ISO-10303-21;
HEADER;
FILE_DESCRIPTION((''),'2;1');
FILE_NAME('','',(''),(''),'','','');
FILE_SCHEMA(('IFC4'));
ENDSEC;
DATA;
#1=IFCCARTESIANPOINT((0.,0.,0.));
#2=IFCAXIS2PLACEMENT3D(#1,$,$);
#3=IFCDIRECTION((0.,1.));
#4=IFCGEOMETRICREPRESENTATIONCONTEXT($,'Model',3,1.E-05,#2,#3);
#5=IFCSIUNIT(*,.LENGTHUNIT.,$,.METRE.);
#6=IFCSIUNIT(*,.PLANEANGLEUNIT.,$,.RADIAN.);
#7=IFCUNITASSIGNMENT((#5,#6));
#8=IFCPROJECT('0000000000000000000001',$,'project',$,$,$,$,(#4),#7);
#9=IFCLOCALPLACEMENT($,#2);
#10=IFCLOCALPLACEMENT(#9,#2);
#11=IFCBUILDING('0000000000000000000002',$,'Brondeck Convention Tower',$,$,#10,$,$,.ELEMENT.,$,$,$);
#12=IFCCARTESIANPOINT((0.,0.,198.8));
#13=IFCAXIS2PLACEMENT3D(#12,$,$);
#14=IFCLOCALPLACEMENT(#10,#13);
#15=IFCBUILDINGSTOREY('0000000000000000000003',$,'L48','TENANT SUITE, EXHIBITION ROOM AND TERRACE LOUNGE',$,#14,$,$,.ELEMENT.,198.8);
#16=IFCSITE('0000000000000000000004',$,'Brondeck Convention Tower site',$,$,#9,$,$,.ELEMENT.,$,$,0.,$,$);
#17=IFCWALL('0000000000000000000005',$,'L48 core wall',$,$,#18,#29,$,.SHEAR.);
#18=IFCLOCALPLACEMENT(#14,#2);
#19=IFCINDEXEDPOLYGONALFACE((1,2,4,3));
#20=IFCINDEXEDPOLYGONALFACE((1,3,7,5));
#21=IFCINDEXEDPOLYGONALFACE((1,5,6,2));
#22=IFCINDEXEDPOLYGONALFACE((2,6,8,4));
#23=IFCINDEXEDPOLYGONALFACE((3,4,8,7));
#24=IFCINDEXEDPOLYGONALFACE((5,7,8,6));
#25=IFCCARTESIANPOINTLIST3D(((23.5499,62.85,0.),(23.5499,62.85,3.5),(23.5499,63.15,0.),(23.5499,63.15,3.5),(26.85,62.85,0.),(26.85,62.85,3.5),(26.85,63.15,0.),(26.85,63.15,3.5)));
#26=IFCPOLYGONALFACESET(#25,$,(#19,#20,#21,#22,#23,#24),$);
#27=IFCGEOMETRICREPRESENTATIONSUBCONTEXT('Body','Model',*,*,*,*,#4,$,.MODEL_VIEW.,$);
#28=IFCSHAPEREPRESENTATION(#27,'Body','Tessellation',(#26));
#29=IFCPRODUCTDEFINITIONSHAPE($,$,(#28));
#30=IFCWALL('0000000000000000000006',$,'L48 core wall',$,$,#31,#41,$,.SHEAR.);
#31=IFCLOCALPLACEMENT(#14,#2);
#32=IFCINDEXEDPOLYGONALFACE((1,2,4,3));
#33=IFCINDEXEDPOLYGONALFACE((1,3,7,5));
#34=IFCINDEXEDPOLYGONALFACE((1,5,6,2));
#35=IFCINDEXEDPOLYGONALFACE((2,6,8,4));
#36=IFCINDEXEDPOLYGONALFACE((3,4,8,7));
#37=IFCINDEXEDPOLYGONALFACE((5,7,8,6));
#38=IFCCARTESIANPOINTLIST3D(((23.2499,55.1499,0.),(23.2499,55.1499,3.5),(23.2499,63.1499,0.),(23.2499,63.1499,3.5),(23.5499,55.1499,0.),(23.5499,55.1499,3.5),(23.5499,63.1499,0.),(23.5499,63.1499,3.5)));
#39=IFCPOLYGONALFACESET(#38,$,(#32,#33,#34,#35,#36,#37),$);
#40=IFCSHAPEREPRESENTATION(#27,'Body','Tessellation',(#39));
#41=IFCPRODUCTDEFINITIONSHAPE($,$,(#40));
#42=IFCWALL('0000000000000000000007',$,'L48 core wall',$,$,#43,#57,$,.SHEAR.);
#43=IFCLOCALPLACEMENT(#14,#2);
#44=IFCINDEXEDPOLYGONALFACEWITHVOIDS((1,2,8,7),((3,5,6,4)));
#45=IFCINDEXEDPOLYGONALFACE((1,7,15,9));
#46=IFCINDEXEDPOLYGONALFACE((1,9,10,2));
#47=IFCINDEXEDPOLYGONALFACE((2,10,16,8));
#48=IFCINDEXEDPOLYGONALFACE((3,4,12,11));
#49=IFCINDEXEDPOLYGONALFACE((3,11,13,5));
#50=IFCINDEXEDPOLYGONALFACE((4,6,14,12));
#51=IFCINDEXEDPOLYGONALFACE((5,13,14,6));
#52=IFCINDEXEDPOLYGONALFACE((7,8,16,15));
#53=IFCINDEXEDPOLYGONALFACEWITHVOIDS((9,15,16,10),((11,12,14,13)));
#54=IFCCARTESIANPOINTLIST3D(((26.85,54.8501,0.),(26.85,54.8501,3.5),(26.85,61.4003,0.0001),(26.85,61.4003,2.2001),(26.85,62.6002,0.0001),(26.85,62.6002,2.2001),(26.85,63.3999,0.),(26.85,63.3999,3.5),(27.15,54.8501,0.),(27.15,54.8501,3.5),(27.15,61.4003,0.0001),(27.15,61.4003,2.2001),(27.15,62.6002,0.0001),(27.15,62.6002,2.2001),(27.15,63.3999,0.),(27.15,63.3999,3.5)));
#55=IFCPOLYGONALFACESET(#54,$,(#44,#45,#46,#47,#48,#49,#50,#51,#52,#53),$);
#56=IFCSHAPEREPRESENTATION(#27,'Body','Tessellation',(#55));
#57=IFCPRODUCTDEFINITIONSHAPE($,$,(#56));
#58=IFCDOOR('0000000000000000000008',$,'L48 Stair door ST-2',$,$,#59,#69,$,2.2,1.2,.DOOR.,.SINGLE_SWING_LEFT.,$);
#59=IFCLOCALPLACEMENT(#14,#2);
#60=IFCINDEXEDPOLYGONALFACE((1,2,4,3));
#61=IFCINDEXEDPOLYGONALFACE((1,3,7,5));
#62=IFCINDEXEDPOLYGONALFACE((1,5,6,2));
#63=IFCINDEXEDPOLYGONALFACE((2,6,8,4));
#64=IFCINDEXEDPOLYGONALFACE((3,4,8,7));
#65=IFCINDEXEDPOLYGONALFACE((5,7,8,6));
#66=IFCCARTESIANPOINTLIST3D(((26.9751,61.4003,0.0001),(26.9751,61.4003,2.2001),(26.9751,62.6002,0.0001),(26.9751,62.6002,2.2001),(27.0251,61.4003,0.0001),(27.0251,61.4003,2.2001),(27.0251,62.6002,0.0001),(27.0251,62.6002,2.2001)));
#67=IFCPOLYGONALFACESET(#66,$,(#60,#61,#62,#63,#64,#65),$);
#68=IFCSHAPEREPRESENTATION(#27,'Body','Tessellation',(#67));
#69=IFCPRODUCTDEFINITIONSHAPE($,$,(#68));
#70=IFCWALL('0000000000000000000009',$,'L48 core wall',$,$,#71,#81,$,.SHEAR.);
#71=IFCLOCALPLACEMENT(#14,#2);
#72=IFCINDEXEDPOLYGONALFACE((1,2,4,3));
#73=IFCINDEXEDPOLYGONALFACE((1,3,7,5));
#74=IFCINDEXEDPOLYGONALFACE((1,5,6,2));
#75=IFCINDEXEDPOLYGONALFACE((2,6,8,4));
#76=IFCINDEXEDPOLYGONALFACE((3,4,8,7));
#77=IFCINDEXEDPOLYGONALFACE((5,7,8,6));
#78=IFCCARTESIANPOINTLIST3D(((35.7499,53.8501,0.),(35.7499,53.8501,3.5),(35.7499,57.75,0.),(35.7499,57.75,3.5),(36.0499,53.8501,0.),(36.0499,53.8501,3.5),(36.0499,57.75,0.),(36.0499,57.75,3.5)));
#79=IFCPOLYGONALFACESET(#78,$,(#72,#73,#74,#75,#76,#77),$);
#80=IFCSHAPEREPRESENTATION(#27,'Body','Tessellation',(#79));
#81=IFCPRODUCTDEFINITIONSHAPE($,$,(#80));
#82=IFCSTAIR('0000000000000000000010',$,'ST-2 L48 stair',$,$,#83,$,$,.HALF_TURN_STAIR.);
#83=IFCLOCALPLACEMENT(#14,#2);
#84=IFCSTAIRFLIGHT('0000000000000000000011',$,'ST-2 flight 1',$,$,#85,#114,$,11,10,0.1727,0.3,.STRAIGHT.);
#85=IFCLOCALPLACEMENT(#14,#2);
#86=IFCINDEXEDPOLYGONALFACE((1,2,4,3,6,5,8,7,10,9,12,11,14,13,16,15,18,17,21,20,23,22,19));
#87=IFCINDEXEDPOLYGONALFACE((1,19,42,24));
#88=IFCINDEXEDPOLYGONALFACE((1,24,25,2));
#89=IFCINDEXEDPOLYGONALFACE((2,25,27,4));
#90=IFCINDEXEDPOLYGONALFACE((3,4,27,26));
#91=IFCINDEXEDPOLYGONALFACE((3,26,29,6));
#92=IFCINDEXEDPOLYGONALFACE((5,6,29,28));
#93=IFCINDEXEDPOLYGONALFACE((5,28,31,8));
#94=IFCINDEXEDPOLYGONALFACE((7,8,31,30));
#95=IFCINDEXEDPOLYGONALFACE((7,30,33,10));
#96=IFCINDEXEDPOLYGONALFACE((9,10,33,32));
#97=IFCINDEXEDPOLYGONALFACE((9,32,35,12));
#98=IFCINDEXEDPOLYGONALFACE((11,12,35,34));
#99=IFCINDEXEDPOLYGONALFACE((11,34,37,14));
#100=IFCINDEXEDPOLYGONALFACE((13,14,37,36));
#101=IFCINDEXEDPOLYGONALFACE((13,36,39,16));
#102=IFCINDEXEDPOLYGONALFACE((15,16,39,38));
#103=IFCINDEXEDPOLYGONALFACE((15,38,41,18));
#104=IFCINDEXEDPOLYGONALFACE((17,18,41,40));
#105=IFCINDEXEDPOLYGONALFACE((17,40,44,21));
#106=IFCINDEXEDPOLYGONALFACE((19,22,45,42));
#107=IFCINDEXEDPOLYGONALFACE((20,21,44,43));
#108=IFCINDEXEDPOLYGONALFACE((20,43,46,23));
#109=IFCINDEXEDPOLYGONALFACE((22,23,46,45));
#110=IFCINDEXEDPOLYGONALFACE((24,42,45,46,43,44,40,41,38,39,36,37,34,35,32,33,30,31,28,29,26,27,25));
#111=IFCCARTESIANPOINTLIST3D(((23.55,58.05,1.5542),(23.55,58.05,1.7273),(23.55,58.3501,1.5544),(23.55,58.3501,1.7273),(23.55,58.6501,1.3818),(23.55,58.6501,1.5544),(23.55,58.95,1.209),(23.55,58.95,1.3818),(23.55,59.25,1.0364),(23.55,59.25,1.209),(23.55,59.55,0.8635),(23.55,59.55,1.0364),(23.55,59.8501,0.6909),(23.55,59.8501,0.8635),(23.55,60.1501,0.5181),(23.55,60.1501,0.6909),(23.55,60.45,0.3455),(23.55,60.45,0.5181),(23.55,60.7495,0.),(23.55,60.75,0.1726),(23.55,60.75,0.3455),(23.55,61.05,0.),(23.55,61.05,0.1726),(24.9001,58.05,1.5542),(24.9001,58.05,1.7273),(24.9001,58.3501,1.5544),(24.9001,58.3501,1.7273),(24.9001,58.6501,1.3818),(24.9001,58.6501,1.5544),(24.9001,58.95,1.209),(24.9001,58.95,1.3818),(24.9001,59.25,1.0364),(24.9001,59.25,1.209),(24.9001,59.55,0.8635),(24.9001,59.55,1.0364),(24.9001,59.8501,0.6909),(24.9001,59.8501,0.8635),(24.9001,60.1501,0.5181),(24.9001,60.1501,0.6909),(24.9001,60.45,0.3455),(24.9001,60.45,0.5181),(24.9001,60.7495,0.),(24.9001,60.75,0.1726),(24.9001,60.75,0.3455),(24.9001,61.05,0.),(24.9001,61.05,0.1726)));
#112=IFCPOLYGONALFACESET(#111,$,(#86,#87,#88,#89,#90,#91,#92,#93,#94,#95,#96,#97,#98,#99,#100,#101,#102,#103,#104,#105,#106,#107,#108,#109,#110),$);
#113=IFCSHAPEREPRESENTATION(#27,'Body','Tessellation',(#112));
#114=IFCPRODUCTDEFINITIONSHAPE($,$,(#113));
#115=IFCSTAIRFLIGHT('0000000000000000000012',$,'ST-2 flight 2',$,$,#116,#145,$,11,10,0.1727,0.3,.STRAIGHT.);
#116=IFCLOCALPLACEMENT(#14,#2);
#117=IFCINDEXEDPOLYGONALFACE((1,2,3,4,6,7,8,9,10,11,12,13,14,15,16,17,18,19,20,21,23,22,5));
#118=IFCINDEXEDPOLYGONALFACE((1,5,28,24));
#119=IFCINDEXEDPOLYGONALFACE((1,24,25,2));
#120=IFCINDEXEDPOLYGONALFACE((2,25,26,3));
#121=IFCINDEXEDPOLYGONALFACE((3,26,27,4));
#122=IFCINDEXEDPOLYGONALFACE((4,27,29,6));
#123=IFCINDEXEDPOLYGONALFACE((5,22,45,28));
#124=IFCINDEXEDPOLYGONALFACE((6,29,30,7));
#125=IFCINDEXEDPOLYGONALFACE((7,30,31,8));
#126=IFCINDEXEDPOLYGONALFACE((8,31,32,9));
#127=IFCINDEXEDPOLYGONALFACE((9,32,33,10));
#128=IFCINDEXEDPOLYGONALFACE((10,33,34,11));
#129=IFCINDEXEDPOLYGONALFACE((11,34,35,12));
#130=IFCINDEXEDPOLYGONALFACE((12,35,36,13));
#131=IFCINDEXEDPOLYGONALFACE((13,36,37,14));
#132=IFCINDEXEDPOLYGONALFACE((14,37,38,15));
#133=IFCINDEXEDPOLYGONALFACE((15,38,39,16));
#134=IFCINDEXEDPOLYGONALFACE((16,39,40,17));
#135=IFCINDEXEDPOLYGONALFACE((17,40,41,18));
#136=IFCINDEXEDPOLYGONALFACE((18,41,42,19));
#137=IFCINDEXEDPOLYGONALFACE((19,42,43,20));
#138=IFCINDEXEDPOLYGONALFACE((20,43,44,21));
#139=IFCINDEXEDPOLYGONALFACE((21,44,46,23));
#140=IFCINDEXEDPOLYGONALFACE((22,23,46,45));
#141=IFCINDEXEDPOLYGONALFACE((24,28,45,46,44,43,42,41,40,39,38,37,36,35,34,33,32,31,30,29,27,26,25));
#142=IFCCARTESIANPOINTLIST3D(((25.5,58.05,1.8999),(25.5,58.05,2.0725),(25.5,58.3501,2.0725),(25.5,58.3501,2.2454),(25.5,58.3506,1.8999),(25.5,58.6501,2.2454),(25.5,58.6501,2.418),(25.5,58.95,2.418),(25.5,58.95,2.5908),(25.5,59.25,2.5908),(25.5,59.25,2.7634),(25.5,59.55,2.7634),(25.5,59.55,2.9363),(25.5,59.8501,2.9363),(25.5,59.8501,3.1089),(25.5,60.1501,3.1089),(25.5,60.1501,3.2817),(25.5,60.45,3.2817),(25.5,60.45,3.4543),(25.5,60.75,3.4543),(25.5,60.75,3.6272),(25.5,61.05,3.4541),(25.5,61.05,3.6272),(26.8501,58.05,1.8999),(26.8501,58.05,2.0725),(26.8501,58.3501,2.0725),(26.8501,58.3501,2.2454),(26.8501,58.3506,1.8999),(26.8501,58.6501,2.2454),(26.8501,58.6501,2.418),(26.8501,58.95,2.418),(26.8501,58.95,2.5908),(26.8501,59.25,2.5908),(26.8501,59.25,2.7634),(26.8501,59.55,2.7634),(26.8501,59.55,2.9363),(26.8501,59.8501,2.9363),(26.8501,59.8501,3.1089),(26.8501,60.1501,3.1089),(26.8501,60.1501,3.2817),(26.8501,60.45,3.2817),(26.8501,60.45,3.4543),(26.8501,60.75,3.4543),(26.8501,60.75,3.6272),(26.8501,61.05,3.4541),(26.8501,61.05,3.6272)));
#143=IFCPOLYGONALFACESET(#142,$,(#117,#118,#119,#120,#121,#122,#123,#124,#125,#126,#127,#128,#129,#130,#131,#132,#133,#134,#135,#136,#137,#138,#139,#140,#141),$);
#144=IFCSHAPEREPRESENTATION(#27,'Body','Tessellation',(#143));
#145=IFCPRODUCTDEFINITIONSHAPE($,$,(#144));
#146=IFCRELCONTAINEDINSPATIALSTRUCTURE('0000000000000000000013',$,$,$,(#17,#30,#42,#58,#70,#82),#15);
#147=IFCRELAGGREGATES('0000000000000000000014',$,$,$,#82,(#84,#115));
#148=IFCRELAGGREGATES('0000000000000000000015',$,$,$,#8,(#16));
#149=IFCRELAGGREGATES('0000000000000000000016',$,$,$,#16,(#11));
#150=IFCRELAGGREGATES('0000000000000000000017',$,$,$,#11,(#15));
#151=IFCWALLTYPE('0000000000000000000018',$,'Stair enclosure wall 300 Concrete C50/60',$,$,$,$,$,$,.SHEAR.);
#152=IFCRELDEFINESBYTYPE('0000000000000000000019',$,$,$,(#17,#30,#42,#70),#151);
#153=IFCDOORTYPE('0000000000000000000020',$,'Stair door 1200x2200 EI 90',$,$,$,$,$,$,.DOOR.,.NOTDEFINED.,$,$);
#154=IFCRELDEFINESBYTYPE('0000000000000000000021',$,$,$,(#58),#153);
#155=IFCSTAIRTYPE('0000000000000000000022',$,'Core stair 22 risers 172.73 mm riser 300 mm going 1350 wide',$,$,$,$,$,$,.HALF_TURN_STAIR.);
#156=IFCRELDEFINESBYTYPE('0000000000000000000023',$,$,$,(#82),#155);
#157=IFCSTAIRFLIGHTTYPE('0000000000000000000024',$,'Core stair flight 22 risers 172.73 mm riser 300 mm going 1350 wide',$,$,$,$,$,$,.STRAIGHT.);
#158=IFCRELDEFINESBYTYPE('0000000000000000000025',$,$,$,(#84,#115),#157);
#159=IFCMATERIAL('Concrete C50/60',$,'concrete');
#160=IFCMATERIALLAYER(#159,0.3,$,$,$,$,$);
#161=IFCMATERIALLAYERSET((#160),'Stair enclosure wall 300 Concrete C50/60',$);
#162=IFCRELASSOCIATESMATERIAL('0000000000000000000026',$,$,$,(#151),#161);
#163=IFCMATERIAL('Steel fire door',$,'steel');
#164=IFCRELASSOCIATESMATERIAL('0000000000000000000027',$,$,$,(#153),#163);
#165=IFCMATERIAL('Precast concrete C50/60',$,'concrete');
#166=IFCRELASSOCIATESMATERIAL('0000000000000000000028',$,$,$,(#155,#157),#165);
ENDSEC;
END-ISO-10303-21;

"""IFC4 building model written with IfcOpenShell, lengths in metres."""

from ifc_helpers import new_model, si_unit, direction, frame, frame_2d, origin, place, context, subcontext, project, spatial, polyline, rectangle, outline, extrude, material, layer, layer_set, type_object, element, fill, aggregate, save


model = new_model("IFC4")

# Units and contexts
model_context = context("Model", 3, precision=1e-05, world=origin(), true_north=direction((0.0, 1.0)))
body_context = subcontext(model_context, "Body", "Model", "MODEL_VIEW")
ifc_project = project(units=[si_unit("LENGTHUNIT", "METRE"), si_unit("PLANEANGLEUNIT", "RADIAN")], contexts=[model_context])

# Site, building, storey
site_placement = place(None, origin())
site = spatial("IfcSite", under=ifc_project, at=site_placement, Name="Brondeck Convention Tower site", CompositionType="ELEMENT", RefElevation=0.0)
building_placement = place(site_placement, origin())
building = spatial("IfcBuilding", under=site, at=building_placement, Name="Brondeck Convention Tower", CompositionType="ELEMENT")
storey_placement = place(building_placement, frame((0.0, 0.0, 198.8)))
storey = spatial("IfcBuildingStorey", under=building, at=storey_placement, Name="L48", Description="TENANT SUITE, EXHIBITION ROOM AND TERRACE LOUNGE", CompositionType="ELEMENT", Elevation=198.8)

# Shared definitions
ifc_material_1 = material(Name="Concrete C50/60", Category="concrete")

# Walls
ifc_layer_1 = layer(ifc_material_1, 0.3)
ifc_layer_set_1 = layer_set([ifc_layer_1], Name="Stair enclosure wall 300 Concrete C50/60")
wall_type_1 = type_object("IfcWallType", Name="Stair enclosure wall 300 Concrete C50/60", PredefinedType="SHEAR", material=ifc_layer_set_1)
wall_1_placement = place(storey_placement, frame((23.55, 63.0, 0.0), z_axis=(0.0, 0.0, 1.0), x_axis=(1.0, 0.0, 0.0)))
element("IfcWall", 1, at=wall_1_placement, inside=storey, type_object=wall_type_1, Name="L48 core wall", PredefinedType="SHEAR", context=body_context, shape_type="SweptSolid", body=[
    extrude(rectangle(XDim=3.3, YDim=0.3, at=frame_2d((1.6499, 0.0))), origin(), (0.0, 0.0, 1.0), 3.5),
])
wall_2_placement = place(storey_placement, frame((23.3999, 55.1499, 0.0), z_axis=(0.0, 0.0, 1.0), x_axis=(0.0, 1.0, 0.0)))
element("IfcWall", 2, at=wall_2_placement, inside=storey, type_object=wall_type_1, Name="L48 core wall", PredefinedType="SHEAR", context=body_context, shape_type="SweptSolid", body=[
    extrude(rectangle(XDim=8.0, YDim=0.3, at=frame_2d((4.0, 0.0))), origin(), (0.0, 0.0, 1.0), 3.5),
])

# Wall, opening, door
wall_3_placement = place(storey_placement, frame((27.0, 54.8501, 0.0), z_axis=(0.0, 0.0, 1.0), x_axis=(0.0, 1.0, 0.0)))
wall_3 = element("IfcWall", 3, at=wall_3_placement, inside=storey, type_object=wall_type_1, Name="L48 core wall", PredefinedType="SHEAR", context=body_context, shape_type="SweptSolid", body=[
    extrude(rectangle(XDim=8.5498, YDim=0.3, at=frame_2d((4.2749, 0.0))), origin(), (0.0, 0.0, 1.0), 3.5),
])
opening_1_placement = place(wall_3_placement, frame((6.55, 0.0, 0.0)))
opening_1 = element("IfcOpeningElement", 4, at=opening_1_placement, cuts=wall_3, PredefinedType="OPENING", context=body_context, shape_type="SweptSolid", body=[
    extrude(rectangle(XDim=1.2, YDim=2.2, at=frame_2d((0.6001, 1.1001))), frame((0.0, 0.1599, 0.0), z_axis=(0.0, -1.0, 0.0), x_axis=(1.0, 0.0, 0.0)), (0.0, 0.0, 1.0), 0.3201),
])
ifc_material_2 = material(Name="Steel fire door", Category="steel")
door_type_1 = type_object("IfcDoorType", Name="Stair door 1200x2200 EI 90", OperationType="NOTDEFINED", PredefinedType="DOOR", material=ifc_material_2)
door_1_placement = place(opening_1_placement, origin())
door_1 = element("IfcDoor", 5, at=door_1_placement, inside=storey, type_object=door_type_1, Name="L48 Stair door ST-2", OperationType="SINGLE_SWING_LEFT", OverallHeight=2.2, OverallWidth=1.2, PredefinedType="DOOR", context=body_context, shape_type="SweptSolid", body=[
    extrude(rectangle(XDim=1.2, YDim=2.2, at=frame_2d((0.6001, 1.1001))), frame((0.0, 0.0249, 0.0), z_axis=(0.0, -1.0, 0.0), x_axis=(1.0, 0.0, 0.0)), (0.0, 0.0, 1.0), 0.05),
])
fill(opening_1, door_1)

# Wall
wall_4_placement = place(storey_placement, frame((35.8999, 53.8501, 0.0), z_axis=(0.0, 0.0, 1.0), x_axis=(0.0, 1.0, 0.0)))
element("IfcWall", 6, at=wall_4_placement, inside=storey, type_object=wall_type_1, Name="L48 core wall", PredefinedType="SHEAR", context=body_context, shape_type="SweptSolid", body=[
    extrude(rectangle(XDim=3.8999, YDim=0.3, at=frame_2d((1.95, 0.0))), origin(), (0.0, 0.0, 1.0), 3.5),
])

# Stair, stair flights
ifc_material_3 = material(Name="Precast concrete C50/60", Category="concrete")
stair_type = type_object("IfcStairType", Name="Core stair 22 risers 172.73 mm riser 300 mm going 1350 wide", PredefinedType="HALF_TURN_STAIR", material=ifc_material_3)
stair_placement = place(storey_placement, origin())
stair = element("IfcStair", 7, at=stair_placement, inside=storey, type_object=stair_type, Name="ST-2 L48 stair", PredefinedType="HALF_TURN_STAIR")
stair_flight_type = type_object("IfcStairFlightType", Name="Core stair flight 22 risers 172.73 mm riser 300 mm going 1350 wide", PredefinedType="STRAIGHT", material=ifc_material_3)
stair_flight_1_placement = place(storey_placement, frame((24.2251, 61.05, 0.0), z_axis=(0.0, 0.0, 1.0), x_axis=(0.0, -1.0, 0.0)))
stair_flight_1 = element("IfcStairFlight", 8, at=stair_flight_1_placement, type_object=stair_flight_type, Name="ST-2 flight 1", NumberOfRisers=11, NumberOfTreads=10, PredefinedType="STRAIGHT", RiserHeight=0.1727, TreadLength=0.3, context=body_context, shape_type="SweptSolid", body=[
    extrude(outline(polyline([(0.0, 0.0), (0.0, 0.1726), (0.3, 0.1726), (0.3, 0.3455), (0.6001, 0.3455), (0.6001, 0.5181), (0.8999, 0.5181), (0.8999, 0.6909), (1.2, 0.6909), (1.2, 0.8635), (1.5, 0.8635), (1.5, 1.0364), (1.8, 1.0364), (1.8, 1.209), (2.1001, 1.209), (2.1001, 1.3818), (2.3999, 1.3818), (2.3999, 1.5544), (2.7, 1.5544), (2.7, 1.7273), (3.0, 1.7273), (3.0, 1.8999), (3.0, 1.5542), (0.3005, 0.0), (0.0, 0.0)])), frame((0.0, 0.675, 0.0), z_axis=(0.0, -1.0, 0.0), x_axis=(1.0, 0.0, 0.0)), (0.0, 0.0, 1.0), 1.3501),
])
stair_flight_2_placement = place(storey_placement, frame((26.175, 58.05, 1.8999), z_axis=(0.0, 0.0, 1.0), x_axis=(0.0, 1.0, 0.0)))
stair_flight_2 = element("IfcStairFlight", 9, at=stair_flight_2_placement, type_object=stair_flight_type, Name="ST-2 flight 2", NumberOfRisers=11, NumberOfTreads=10, PredefinedType="STRAIGHT", RiserHeight=0.1727, TreadLength=0.3, context=body_context, shape_type="SweptSolid", body=[
    extrude(outline(polyline([(0.0, 0.0), (0.0, 0.1726), (0.3, 0.1726), (0.3, 0.3455), (0.6001, 0.3455), (0.6001, 0.5181), (0.8999, 0.5181), (0.8999, 0.6909), (1.2, 0.6909), (1.2, 0.8635), (1.5, 0.8635), (1.5, 1.0364), (1.8, 1.0364), (1.8, 1.209), (2.1001, 1.209), (2.1001, 1.3818), (2.3999, 1.3818), (2.3999, 1.5544), (2.7, 1.5544), (2.7, 1.7273), (3.0, 1.7273), (3.0, 1.8999), (3.0, 1.5542), (0.3005, 0.0), (0.0, 0.0)])), frame((0.0, 0.675, 0.0), z_axis=(0.0, -1.0, 0.0), x_axis=(1.0, 0.0, 0.0)), (0.0, 0.0, 1.0), 1.3501),
])
aggregate(stair, [stair_flight_1, stair_flight_2])

save(model, "model.ifc")
